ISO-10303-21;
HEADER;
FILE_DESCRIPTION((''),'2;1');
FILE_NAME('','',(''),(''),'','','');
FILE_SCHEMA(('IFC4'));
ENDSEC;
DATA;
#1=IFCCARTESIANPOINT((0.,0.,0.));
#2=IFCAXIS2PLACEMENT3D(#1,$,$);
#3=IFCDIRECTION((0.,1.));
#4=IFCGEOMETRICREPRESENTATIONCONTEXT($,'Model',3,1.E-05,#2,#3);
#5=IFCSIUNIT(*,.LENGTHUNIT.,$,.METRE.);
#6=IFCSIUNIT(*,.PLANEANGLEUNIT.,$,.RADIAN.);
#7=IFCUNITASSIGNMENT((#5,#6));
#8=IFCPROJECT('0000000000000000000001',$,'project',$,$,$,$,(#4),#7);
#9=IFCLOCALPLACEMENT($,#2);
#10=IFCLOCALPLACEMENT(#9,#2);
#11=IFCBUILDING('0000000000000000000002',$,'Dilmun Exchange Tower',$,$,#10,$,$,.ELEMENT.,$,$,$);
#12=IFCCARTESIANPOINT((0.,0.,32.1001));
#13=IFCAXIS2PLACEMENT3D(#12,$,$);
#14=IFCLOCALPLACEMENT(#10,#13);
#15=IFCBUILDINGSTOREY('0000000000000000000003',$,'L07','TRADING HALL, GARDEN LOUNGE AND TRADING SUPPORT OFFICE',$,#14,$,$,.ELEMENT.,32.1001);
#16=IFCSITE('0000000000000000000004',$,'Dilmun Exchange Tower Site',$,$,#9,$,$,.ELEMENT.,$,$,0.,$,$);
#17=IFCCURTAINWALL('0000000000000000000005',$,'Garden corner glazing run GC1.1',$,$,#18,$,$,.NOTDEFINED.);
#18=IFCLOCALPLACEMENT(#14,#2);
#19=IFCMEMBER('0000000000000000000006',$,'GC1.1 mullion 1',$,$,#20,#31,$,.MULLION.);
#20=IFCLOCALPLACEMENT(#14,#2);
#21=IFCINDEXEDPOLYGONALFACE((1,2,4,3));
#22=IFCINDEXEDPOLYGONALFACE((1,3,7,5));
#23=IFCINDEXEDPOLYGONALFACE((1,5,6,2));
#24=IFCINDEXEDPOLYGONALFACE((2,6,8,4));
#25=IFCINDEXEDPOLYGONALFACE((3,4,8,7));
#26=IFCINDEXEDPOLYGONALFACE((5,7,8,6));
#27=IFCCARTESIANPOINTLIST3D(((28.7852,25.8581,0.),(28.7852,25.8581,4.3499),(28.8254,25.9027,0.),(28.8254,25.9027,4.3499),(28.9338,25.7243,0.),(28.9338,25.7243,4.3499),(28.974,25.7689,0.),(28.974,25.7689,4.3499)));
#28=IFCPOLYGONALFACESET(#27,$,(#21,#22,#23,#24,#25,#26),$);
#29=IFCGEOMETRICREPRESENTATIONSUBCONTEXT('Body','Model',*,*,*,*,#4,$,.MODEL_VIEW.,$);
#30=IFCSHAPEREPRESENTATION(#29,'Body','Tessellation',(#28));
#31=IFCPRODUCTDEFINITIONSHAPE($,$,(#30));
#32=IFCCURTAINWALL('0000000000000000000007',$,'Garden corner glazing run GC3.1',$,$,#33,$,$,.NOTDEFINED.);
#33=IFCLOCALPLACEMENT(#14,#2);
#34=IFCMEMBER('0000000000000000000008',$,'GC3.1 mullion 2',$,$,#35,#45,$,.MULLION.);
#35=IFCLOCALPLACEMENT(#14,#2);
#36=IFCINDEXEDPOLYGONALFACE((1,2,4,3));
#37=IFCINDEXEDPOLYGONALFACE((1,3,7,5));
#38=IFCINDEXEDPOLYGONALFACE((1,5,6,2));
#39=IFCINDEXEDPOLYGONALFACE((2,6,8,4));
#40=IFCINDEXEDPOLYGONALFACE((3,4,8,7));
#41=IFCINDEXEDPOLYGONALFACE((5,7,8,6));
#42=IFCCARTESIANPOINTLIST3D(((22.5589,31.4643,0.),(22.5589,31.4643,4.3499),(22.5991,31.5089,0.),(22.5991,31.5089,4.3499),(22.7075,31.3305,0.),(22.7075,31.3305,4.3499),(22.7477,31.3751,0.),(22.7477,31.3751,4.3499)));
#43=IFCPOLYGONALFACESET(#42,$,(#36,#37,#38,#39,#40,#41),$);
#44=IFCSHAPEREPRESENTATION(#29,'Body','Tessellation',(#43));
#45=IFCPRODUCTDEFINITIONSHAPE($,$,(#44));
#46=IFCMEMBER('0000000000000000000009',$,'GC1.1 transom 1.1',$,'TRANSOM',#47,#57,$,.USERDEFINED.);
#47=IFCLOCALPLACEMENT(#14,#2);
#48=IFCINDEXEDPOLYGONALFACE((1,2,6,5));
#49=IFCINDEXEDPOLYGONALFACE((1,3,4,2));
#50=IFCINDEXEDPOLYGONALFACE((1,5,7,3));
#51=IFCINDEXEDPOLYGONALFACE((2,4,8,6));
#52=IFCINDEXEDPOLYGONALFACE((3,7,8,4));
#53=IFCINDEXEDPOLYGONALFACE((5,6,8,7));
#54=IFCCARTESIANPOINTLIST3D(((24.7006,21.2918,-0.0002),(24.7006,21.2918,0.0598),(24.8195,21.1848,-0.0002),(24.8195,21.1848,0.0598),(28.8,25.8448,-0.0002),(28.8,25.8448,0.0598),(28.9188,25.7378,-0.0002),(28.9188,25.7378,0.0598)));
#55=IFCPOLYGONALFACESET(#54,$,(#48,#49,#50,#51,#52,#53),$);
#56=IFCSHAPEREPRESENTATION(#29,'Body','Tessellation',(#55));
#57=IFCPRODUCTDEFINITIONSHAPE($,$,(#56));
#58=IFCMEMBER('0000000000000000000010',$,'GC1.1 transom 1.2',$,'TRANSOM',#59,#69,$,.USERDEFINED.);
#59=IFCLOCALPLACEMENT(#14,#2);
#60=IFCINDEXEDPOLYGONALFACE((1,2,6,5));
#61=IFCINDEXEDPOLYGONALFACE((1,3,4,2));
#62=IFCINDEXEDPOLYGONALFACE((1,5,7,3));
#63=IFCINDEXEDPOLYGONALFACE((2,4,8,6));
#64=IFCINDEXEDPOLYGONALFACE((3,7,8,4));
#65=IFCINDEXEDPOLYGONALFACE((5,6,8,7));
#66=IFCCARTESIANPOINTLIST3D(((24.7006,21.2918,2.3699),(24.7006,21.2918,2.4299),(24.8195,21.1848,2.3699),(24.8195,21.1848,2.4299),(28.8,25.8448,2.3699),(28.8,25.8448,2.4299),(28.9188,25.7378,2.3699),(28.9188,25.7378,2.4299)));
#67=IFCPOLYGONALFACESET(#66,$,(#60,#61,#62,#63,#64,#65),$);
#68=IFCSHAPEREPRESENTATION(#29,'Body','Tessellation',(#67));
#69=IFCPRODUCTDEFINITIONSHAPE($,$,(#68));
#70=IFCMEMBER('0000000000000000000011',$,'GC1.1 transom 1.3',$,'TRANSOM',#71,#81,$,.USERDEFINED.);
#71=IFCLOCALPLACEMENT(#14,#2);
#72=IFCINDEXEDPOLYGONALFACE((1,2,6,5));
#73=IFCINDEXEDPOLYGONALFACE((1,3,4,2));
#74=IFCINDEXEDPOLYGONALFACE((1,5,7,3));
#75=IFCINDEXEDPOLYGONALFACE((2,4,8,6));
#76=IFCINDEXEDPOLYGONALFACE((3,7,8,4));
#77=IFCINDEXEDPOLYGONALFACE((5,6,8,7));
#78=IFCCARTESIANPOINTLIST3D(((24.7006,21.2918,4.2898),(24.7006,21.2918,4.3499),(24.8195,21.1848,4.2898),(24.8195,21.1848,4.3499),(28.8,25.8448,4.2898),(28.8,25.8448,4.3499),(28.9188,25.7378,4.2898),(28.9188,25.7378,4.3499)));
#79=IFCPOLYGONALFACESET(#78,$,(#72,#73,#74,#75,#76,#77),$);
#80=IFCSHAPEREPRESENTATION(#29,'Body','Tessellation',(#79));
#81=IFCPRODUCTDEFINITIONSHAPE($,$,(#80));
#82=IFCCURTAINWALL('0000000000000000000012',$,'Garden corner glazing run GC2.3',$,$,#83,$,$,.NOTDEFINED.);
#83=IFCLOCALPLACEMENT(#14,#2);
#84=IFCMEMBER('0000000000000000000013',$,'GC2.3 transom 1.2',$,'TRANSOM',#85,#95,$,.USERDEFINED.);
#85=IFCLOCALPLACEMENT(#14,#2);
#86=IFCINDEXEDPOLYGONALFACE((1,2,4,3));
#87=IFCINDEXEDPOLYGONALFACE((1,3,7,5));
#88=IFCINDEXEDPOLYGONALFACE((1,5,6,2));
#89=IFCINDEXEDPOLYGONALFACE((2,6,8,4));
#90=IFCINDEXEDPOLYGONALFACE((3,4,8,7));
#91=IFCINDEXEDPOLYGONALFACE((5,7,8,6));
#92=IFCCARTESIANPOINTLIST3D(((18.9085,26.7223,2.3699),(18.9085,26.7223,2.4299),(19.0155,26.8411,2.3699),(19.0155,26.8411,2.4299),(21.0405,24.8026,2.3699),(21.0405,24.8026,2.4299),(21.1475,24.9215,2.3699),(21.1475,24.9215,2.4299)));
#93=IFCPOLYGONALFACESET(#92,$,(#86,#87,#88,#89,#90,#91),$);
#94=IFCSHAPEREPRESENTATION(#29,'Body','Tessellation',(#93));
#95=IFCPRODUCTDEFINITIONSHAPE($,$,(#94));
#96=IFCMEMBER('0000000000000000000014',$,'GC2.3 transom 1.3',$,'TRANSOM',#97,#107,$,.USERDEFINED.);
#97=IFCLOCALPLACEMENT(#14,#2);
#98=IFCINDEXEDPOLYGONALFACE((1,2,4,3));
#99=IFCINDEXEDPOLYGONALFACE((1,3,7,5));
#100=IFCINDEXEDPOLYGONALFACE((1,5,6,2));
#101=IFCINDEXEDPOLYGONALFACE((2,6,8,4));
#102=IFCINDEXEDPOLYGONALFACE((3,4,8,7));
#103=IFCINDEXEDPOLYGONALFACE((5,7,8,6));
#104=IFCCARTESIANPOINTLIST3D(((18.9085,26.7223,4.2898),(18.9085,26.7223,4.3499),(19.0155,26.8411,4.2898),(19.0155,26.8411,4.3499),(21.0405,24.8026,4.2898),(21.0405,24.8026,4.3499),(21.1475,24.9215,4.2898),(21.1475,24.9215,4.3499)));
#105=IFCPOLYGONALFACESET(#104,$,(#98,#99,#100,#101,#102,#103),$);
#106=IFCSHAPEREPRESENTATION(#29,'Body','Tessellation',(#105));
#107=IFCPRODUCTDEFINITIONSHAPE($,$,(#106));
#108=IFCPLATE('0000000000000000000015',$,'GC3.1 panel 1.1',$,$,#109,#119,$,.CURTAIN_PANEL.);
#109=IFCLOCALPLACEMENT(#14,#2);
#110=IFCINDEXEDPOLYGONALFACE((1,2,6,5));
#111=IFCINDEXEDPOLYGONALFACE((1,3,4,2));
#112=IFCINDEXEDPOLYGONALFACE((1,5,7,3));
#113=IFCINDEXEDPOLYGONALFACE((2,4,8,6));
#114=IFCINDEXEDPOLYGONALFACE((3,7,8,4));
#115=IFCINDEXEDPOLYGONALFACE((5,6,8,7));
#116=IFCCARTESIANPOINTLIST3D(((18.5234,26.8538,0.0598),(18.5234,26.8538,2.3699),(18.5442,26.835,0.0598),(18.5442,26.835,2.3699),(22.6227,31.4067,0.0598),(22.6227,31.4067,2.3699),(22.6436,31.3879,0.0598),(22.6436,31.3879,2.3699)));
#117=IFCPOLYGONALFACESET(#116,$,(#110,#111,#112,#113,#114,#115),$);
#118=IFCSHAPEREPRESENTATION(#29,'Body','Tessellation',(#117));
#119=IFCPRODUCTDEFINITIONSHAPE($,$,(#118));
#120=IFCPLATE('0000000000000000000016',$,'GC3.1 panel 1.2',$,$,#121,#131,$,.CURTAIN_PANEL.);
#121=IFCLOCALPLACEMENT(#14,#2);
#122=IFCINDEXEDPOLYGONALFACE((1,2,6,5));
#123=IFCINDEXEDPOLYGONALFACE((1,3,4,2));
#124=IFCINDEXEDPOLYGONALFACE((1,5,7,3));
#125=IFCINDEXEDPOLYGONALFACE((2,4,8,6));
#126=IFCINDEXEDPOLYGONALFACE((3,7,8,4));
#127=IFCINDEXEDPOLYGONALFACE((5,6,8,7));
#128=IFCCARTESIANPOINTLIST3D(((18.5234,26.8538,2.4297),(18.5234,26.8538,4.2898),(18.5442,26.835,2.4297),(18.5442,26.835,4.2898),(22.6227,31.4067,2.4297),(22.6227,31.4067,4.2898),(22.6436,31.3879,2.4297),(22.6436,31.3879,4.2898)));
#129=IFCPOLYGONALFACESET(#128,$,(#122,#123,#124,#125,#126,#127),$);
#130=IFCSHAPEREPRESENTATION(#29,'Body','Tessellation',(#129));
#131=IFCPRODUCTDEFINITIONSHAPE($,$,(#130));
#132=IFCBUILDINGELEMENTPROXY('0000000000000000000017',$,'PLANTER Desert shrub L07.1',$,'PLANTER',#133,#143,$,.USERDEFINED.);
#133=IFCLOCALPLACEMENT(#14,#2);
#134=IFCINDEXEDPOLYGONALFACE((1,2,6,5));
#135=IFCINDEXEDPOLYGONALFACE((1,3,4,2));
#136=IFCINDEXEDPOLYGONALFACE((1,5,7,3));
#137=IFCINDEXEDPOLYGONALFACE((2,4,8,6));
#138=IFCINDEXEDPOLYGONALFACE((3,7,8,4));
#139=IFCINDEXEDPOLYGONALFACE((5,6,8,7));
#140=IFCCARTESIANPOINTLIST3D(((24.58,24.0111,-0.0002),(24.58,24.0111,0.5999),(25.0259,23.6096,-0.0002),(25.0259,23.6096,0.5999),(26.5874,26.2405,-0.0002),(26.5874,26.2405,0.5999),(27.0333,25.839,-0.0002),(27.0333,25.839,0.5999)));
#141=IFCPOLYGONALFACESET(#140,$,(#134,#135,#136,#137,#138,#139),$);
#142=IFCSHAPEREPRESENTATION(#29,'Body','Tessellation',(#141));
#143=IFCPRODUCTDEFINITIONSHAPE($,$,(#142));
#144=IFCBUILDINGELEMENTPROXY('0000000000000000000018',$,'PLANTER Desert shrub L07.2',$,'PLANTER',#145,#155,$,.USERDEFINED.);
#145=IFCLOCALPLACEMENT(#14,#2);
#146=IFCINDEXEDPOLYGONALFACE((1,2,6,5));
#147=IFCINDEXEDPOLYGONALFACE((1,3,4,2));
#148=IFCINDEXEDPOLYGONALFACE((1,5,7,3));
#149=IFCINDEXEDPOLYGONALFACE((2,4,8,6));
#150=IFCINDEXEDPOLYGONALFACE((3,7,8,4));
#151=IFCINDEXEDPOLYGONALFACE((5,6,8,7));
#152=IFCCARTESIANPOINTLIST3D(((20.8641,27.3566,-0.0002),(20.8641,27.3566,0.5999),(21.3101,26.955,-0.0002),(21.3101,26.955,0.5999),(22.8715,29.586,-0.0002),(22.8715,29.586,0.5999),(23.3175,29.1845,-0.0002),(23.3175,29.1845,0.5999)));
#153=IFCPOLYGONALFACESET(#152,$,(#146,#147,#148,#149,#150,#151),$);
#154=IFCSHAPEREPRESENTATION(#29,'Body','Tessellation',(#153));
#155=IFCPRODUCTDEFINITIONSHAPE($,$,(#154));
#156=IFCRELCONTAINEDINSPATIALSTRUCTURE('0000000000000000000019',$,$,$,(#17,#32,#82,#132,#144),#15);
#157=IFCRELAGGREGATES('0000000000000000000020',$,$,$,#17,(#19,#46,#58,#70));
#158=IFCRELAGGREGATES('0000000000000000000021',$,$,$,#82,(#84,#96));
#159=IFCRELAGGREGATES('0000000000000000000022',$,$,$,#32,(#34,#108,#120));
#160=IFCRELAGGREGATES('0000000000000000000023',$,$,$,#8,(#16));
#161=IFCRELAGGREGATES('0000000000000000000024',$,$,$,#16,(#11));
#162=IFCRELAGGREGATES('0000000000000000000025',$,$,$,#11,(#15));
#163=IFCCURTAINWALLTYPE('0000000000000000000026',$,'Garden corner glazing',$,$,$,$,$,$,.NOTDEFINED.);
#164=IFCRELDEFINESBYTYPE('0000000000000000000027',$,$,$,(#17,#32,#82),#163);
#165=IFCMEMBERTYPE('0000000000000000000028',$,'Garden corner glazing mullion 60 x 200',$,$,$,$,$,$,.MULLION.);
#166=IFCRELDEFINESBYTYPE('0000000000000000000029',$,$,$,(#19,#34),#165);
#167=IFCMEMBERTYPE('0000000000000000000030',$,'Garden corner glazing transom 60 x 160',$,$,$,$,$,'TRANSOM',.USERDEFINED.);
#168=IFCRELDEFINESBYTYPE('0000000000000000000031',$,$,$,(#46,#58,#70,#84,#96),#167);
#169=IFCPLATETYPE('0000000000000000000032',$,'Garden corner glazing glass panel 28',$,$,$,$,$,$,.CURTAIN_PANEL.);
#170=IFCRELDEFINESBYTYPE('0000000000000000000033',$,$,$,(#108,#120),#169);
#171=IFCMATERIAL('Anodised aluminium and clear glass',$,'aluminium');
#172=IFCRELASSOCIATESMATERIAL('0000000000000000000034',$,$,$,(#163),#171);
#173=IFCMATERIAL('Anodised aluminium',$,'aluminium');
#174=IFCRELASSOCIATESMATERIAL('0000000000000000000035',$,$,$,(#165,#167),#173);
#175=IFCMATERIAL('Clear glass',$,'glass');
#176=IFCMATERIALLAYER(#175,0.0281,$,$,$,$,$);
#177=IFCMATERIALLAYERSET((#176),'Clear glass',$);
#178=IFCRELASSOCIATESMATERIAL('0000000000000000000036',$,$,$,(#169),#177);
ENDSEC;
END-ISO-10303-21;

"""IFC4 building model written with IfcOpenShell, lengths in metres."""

from ifc_helpers import new_model, si_unit, direction, frame, origin, origin_2d, place, context, subcontext, project, spatial, rectangle, extrude, material, layer, layer_set, material_profile, profile_set, type_object, element, aggregate, save


model = new_model("IFC4")

# Units and contexts
model_context = context("Model", 3, precision=1e-05, world=origin(), true_north=direction((0.0, 1.0)))
body_context = subcontext(model_context, "Body", "Model", "MODEL_VIEW")
ifc_project = project(units=[si_unit("LENGTHUNIT", "METRE"), si_unit("PLANEANGLEUNIT", "RADIAN")], contexts=[model_context])

# Site, building, storey
site_placement = place(None, origin())
site = spatial("IfcSite", under=ifc_project, at=site_placement, Name="Dilmun Exchange Tower Site", CompositionType="ELEMENT", RefElevation=0.0)
building_placement = place(site_placement, origin())
building = spatial("IfcBuilding", under=site, at=building_placement, Name="Dilmun Exchange Tower", CompositionType="ELEMENT")
storey_placement = place(building_placement, frame((0.0, 0.0, 32.1001)))
storey = spatial("IfcBuildingStorey", under=building, at=storey_placement, Name="L07", Description="TRADING HALL, GARDEN LOUNGE AND TRADING SUPPORT OFFICE", CompositionType="ELEMENT", Elevation=32.1001)

# Curtain walls, members
ifc_material_1 = material(Name="Anodised aluminium and clear glass", Category="aluminium")
curtain_wall_type = type_object("IfcCurtainWallType", Name="Garden corner glazing", PredefinedType="NOTDEFINED", material=ifc_material_1)
curtain_wall_1_placement = place(storey_placement, origin())
curtain_wall_1 = element("IfcCurtainWall", 1, at=curtain_wall_1_placement, inside=storey, type_object=curtain_wall_type, Name="Garden corner glazing run GC1.1", PredefinedType="NOTDEFINED")
ifc_material_2 = material(Name="Anodised aluminium", Category="aluminium")
ifc_material_profile_1 = material_profile(ifc_material_2, rectangle(XDim=0.2, YDim=0.0601, at=origin_2d()), Name="AL 60x200")
ifc_profile_set_1 = profile_set([ifc_material_profile_1], Name="Anodised aluminium")
member_type_1 = type_object("IfcMemberType", Name="Garden corner glazing mullion 60 x 200", PredefinedType="MULLION", material=ifc_profile_set_1)
member_1_placement = place(storey_placement, frame((28.8796, 25.8135, 0.0), z_axis=(0.0, 0.0, 1.0), x_axis=(0.74315, -0.669125, 0.0)))
member_1 = element("IfcMember", 2, at=member_1_placement, type_object=member_type_1, Name="GC1.1 mullion 1", PredefinedType="MULLION", context=body_context, shape_type="SweptSolid", body=[
    extrude(rectangle(XDim=0.2, YDim=0.0601, at=origin_2d()), origin(), (0.0, 0.0, 1.0), 4.3499),
])
curtain_wall_2_placement = place(storey_placement, origin())
curtain_wall_2 = element("IfcCurtainWall", 3, at=curtain_wall_2_placement, inside=storey, type_object=curtain_wall_type, Name="Garden corner glazing run GC3.1", PredefinedType="NOTDEFINED")
member_2_placement = place(storey_placement, frame((22.6533, 31.4197, 0.0), z_axis=(0.0, 0.0, 1.0), x_axis=(-0.74315, 0.669125, 0.0)))
member_2 = element("IfcMember", 4, at=member_2_placement, type_object=member_type_1, Name="GC3.1 mullion 2", PredefinedType="MULLION", context=body_context, shape_type="SweptSolid", body=[
    extrude(rectangle(XDim=0.2, YDim=0.0601, at=origin_2d()), origin(), (0.0, 0.0, 1.0), 4.3499),
])

# Members
ifc_material_profile_2 = material_profile(ifc_material_2, rectangle(XDim=0.1599, YDim=0.0601, at=origin_2d()), Name="AL 60x160")
ifc_profile_set_2 = profile_set([ifc_material_profile_2], Name="Anodised aluminium")
member_type_2 = type_object("IfcMemberType", Name="Garden corner glazing transom 60 x 160", ElementType="TRANSOM", PredefinedType="USERDEFINED", material=ifc_profile_set_2)
member_3_placement = place(storey_placement, frame((28.8594, 25.7913, 0.0298), z_axis=(-0.669117, -0.743157, 0.0), x_axis=(0.743157, -0.669117, 0.0)))
member_3 = element("IfcMember", 5, at=member_3_placement, type_object=member_type_2, Name="GC1.1 transom 1.1", ObjectType="TRANSOM", PredefinedType="USERDEFINED", context=body_context, shape_type="SweptSolid", body=[
    extrude(rectangle(XDim=0.1599, YDim=0.0601, at=origin_2d()), origin(), (0.0, 0.0, 1.0), 6.1265),
])
member_4_placement = place(storey_placement, frame((28.8594, 25.7913, 2.3999), z_axis=(-0.669117, -0.743157, 0.0), x_axis=(0.743157, -0.669117, 0.0)))
member_4 = element("IfcMember", 6, at=member_4_placement, type_object=member_type_2, Name="GC1.1 transom 1.2", ObjectType="TRANSOM", PredefinedType="USERDEFINED", context=body_context, shape_type="SweptSolid", body=[
    extrude(rectangle(XDim=0.1599, YDim=0.0601, at=origin_2d()), origin(), (0.0, 0.0, 1.0), 6.1265),
])
member_5_placement = place(storey_placement, frame((28.8594, 25.7913, 4.3198), z_axis=(-0.669117, -0.743157, 0.0), x_axis=(0.743157, -0.669117, 0.0)))
member_5 = element("IfcMember", 7, at=member_5_placement, type_object=member_type_2, Name="GC1.1 transom 1.3", ObjectType="TRANSOM", PredefinedType="USERDEFINED", context=body_context, shape_type="SweptSolid", body=[
    extrude(rectangle(XDim=0.1599, YDim=0.0601, at=origin_2d()), origin(), (0.0, 0.0, 1.0), 6.1265),
])
aggregate(curtain_wall_1, [member_1, member_3, member_4, member_5])

# Curtain wall, members
curtain_wall_3_placement = place(storey_placement, origin())
curtain_wall_3 = element("IfcCurtainWall", 8, at=curtain_wall_3_placement, inside=storey, type_object=curtain_wall_type, Name="Garden corner glazing run GC2.3", PredefinedType="NOTDEFINED")
member_6_placement = place(storey_placement, frame((21.094, 24.8621, 2.3999), z_axis=(-0.743154, 0.66912, 0.0), x_axis=(-0.66912, -0.743154, 0.0)))
member_6 = element("IfcMember", 9, at=member_6_placement, type_object=member_type_2, Name="GC2.3 transom 1.2", ObjectType="TRANSOM", PredefinedType="USERDEFINED", context=body_context, shape_type="SweptSolid", body=[
    extrude(rectangle(XDim=0.1599, YDim=0.0601, at=origin_2d()), origin(), (0.0, 0.0, 1.0), 2.8689),
])
member_7_placement = place(storey_placement, frame((21.094, 24.8621, 4.3198), z_axis=(-0.743154, 0.66912, 0.0), x_axis=(-0.66912, -0.743154, 0.0)))
member_7 = element("IfcMember", 10, at=member_7_placement, type_object=member_type_2, Name="GC2.3 transom 1.3", ObjectType="TRANSOM", PredefinedType="USERDEFINED", context=body_context, shape_type="SweptSolid", body=[
    extrude(rectangle(XDim=0.1599, YDim=0.0601, at=origin_2d()), origin(), (0.0, 0.0, 1.0), 2.8689),
])
aggregate(curtain_wall_3, [member_6, member_7])

# Plates
ifc_material_3 = material(Name="Clear glass", Category="glass")
ifc_layer_1 = layer(ifc_material_3, 0.0281)
ifc_layer_set_1 = layer_set([ifc_layer_1], Name="Clear glass")
plate_type = type_object("IfcPlateType", Name="Garden corner glazing glass panel 28", PredefinedType="CURTAIN_PANEL", material=ifc_layer_set_1)
plate_1_placement = place(storey_placement, frame((20.5835, 29.1208, 0.0598), z_axis=(0.0, 0.0, 1.0), x_axis=(0.669125, 0.74315, 0.0)))
plate_1 = element("IfcPlate", 11, at=plate_1_placement, type_object=plate_type, Name="GC3.1 panel 1.1", PredefinedType="CURTAIN_PANEL", context=body_context, shape_type="SweptSolid", body=[
    extrude(rectangle(XDim=6.1265, YDim=0.0281, at=origin_2d()), origin(), (0.0, 0.0, 1.0), 2.3101),
])
plate_2_placement = place(storey_placement, frame((20.5835, 29.1208, 2.4297), z_axis=(0.0, 0.0, 1.0), x_axis=(0.669125, 0.74315, 0.0)))
plate_2 = element("IfcPlate", 12, at=plate_2_placement, type_object=plate_type, Name="GC3.1 panel 1.2", PredefinedType="CURTAIN_PANEL", context=body_context, shape_type="SweptSolid", body=[
    extrude(rectangle(XDim=6.1265, YDim=0.0281, at=origin_2d()), origin(), (0.0, 0.0, 1.0), 1.8601),
])
aggregate(curtain_wall_2, [member_2, plate_1, plate_2])

# Building element proxies
for number, where, z_axis, x_axis, name in (
    (13, (25.8066, 24.925, -0.0002), (0.0, 0.0, 1.0), (0.669131, 0.743145, 0.0), "PLANTER Desert shrub L07.1"),
    (14, (22.0908, 28.2705, -0.0002), (0.0, 0.0, 1.0), (0.669131, 0.743145, 0.0), "PLANTER Desert shrub L07.2"),
):
    element("IfcBuildingElementProxy", number, at=place(storey_placement, frame(where, z_axis=z_axis, x_axis=x_axis)), inside=storey, Name=name, ObjectType="PLANTER", PredefinedType="USERDEFINED", context=body_context, shape_type="SweptSolid", body=[
        extrude(rectangle(XDim=3.0, YDim=0.6001, at=origin_2d()), origin(), (0.0, 0.0, 1.0), 0.6001),
    ])

save(model, "model.ifc")
